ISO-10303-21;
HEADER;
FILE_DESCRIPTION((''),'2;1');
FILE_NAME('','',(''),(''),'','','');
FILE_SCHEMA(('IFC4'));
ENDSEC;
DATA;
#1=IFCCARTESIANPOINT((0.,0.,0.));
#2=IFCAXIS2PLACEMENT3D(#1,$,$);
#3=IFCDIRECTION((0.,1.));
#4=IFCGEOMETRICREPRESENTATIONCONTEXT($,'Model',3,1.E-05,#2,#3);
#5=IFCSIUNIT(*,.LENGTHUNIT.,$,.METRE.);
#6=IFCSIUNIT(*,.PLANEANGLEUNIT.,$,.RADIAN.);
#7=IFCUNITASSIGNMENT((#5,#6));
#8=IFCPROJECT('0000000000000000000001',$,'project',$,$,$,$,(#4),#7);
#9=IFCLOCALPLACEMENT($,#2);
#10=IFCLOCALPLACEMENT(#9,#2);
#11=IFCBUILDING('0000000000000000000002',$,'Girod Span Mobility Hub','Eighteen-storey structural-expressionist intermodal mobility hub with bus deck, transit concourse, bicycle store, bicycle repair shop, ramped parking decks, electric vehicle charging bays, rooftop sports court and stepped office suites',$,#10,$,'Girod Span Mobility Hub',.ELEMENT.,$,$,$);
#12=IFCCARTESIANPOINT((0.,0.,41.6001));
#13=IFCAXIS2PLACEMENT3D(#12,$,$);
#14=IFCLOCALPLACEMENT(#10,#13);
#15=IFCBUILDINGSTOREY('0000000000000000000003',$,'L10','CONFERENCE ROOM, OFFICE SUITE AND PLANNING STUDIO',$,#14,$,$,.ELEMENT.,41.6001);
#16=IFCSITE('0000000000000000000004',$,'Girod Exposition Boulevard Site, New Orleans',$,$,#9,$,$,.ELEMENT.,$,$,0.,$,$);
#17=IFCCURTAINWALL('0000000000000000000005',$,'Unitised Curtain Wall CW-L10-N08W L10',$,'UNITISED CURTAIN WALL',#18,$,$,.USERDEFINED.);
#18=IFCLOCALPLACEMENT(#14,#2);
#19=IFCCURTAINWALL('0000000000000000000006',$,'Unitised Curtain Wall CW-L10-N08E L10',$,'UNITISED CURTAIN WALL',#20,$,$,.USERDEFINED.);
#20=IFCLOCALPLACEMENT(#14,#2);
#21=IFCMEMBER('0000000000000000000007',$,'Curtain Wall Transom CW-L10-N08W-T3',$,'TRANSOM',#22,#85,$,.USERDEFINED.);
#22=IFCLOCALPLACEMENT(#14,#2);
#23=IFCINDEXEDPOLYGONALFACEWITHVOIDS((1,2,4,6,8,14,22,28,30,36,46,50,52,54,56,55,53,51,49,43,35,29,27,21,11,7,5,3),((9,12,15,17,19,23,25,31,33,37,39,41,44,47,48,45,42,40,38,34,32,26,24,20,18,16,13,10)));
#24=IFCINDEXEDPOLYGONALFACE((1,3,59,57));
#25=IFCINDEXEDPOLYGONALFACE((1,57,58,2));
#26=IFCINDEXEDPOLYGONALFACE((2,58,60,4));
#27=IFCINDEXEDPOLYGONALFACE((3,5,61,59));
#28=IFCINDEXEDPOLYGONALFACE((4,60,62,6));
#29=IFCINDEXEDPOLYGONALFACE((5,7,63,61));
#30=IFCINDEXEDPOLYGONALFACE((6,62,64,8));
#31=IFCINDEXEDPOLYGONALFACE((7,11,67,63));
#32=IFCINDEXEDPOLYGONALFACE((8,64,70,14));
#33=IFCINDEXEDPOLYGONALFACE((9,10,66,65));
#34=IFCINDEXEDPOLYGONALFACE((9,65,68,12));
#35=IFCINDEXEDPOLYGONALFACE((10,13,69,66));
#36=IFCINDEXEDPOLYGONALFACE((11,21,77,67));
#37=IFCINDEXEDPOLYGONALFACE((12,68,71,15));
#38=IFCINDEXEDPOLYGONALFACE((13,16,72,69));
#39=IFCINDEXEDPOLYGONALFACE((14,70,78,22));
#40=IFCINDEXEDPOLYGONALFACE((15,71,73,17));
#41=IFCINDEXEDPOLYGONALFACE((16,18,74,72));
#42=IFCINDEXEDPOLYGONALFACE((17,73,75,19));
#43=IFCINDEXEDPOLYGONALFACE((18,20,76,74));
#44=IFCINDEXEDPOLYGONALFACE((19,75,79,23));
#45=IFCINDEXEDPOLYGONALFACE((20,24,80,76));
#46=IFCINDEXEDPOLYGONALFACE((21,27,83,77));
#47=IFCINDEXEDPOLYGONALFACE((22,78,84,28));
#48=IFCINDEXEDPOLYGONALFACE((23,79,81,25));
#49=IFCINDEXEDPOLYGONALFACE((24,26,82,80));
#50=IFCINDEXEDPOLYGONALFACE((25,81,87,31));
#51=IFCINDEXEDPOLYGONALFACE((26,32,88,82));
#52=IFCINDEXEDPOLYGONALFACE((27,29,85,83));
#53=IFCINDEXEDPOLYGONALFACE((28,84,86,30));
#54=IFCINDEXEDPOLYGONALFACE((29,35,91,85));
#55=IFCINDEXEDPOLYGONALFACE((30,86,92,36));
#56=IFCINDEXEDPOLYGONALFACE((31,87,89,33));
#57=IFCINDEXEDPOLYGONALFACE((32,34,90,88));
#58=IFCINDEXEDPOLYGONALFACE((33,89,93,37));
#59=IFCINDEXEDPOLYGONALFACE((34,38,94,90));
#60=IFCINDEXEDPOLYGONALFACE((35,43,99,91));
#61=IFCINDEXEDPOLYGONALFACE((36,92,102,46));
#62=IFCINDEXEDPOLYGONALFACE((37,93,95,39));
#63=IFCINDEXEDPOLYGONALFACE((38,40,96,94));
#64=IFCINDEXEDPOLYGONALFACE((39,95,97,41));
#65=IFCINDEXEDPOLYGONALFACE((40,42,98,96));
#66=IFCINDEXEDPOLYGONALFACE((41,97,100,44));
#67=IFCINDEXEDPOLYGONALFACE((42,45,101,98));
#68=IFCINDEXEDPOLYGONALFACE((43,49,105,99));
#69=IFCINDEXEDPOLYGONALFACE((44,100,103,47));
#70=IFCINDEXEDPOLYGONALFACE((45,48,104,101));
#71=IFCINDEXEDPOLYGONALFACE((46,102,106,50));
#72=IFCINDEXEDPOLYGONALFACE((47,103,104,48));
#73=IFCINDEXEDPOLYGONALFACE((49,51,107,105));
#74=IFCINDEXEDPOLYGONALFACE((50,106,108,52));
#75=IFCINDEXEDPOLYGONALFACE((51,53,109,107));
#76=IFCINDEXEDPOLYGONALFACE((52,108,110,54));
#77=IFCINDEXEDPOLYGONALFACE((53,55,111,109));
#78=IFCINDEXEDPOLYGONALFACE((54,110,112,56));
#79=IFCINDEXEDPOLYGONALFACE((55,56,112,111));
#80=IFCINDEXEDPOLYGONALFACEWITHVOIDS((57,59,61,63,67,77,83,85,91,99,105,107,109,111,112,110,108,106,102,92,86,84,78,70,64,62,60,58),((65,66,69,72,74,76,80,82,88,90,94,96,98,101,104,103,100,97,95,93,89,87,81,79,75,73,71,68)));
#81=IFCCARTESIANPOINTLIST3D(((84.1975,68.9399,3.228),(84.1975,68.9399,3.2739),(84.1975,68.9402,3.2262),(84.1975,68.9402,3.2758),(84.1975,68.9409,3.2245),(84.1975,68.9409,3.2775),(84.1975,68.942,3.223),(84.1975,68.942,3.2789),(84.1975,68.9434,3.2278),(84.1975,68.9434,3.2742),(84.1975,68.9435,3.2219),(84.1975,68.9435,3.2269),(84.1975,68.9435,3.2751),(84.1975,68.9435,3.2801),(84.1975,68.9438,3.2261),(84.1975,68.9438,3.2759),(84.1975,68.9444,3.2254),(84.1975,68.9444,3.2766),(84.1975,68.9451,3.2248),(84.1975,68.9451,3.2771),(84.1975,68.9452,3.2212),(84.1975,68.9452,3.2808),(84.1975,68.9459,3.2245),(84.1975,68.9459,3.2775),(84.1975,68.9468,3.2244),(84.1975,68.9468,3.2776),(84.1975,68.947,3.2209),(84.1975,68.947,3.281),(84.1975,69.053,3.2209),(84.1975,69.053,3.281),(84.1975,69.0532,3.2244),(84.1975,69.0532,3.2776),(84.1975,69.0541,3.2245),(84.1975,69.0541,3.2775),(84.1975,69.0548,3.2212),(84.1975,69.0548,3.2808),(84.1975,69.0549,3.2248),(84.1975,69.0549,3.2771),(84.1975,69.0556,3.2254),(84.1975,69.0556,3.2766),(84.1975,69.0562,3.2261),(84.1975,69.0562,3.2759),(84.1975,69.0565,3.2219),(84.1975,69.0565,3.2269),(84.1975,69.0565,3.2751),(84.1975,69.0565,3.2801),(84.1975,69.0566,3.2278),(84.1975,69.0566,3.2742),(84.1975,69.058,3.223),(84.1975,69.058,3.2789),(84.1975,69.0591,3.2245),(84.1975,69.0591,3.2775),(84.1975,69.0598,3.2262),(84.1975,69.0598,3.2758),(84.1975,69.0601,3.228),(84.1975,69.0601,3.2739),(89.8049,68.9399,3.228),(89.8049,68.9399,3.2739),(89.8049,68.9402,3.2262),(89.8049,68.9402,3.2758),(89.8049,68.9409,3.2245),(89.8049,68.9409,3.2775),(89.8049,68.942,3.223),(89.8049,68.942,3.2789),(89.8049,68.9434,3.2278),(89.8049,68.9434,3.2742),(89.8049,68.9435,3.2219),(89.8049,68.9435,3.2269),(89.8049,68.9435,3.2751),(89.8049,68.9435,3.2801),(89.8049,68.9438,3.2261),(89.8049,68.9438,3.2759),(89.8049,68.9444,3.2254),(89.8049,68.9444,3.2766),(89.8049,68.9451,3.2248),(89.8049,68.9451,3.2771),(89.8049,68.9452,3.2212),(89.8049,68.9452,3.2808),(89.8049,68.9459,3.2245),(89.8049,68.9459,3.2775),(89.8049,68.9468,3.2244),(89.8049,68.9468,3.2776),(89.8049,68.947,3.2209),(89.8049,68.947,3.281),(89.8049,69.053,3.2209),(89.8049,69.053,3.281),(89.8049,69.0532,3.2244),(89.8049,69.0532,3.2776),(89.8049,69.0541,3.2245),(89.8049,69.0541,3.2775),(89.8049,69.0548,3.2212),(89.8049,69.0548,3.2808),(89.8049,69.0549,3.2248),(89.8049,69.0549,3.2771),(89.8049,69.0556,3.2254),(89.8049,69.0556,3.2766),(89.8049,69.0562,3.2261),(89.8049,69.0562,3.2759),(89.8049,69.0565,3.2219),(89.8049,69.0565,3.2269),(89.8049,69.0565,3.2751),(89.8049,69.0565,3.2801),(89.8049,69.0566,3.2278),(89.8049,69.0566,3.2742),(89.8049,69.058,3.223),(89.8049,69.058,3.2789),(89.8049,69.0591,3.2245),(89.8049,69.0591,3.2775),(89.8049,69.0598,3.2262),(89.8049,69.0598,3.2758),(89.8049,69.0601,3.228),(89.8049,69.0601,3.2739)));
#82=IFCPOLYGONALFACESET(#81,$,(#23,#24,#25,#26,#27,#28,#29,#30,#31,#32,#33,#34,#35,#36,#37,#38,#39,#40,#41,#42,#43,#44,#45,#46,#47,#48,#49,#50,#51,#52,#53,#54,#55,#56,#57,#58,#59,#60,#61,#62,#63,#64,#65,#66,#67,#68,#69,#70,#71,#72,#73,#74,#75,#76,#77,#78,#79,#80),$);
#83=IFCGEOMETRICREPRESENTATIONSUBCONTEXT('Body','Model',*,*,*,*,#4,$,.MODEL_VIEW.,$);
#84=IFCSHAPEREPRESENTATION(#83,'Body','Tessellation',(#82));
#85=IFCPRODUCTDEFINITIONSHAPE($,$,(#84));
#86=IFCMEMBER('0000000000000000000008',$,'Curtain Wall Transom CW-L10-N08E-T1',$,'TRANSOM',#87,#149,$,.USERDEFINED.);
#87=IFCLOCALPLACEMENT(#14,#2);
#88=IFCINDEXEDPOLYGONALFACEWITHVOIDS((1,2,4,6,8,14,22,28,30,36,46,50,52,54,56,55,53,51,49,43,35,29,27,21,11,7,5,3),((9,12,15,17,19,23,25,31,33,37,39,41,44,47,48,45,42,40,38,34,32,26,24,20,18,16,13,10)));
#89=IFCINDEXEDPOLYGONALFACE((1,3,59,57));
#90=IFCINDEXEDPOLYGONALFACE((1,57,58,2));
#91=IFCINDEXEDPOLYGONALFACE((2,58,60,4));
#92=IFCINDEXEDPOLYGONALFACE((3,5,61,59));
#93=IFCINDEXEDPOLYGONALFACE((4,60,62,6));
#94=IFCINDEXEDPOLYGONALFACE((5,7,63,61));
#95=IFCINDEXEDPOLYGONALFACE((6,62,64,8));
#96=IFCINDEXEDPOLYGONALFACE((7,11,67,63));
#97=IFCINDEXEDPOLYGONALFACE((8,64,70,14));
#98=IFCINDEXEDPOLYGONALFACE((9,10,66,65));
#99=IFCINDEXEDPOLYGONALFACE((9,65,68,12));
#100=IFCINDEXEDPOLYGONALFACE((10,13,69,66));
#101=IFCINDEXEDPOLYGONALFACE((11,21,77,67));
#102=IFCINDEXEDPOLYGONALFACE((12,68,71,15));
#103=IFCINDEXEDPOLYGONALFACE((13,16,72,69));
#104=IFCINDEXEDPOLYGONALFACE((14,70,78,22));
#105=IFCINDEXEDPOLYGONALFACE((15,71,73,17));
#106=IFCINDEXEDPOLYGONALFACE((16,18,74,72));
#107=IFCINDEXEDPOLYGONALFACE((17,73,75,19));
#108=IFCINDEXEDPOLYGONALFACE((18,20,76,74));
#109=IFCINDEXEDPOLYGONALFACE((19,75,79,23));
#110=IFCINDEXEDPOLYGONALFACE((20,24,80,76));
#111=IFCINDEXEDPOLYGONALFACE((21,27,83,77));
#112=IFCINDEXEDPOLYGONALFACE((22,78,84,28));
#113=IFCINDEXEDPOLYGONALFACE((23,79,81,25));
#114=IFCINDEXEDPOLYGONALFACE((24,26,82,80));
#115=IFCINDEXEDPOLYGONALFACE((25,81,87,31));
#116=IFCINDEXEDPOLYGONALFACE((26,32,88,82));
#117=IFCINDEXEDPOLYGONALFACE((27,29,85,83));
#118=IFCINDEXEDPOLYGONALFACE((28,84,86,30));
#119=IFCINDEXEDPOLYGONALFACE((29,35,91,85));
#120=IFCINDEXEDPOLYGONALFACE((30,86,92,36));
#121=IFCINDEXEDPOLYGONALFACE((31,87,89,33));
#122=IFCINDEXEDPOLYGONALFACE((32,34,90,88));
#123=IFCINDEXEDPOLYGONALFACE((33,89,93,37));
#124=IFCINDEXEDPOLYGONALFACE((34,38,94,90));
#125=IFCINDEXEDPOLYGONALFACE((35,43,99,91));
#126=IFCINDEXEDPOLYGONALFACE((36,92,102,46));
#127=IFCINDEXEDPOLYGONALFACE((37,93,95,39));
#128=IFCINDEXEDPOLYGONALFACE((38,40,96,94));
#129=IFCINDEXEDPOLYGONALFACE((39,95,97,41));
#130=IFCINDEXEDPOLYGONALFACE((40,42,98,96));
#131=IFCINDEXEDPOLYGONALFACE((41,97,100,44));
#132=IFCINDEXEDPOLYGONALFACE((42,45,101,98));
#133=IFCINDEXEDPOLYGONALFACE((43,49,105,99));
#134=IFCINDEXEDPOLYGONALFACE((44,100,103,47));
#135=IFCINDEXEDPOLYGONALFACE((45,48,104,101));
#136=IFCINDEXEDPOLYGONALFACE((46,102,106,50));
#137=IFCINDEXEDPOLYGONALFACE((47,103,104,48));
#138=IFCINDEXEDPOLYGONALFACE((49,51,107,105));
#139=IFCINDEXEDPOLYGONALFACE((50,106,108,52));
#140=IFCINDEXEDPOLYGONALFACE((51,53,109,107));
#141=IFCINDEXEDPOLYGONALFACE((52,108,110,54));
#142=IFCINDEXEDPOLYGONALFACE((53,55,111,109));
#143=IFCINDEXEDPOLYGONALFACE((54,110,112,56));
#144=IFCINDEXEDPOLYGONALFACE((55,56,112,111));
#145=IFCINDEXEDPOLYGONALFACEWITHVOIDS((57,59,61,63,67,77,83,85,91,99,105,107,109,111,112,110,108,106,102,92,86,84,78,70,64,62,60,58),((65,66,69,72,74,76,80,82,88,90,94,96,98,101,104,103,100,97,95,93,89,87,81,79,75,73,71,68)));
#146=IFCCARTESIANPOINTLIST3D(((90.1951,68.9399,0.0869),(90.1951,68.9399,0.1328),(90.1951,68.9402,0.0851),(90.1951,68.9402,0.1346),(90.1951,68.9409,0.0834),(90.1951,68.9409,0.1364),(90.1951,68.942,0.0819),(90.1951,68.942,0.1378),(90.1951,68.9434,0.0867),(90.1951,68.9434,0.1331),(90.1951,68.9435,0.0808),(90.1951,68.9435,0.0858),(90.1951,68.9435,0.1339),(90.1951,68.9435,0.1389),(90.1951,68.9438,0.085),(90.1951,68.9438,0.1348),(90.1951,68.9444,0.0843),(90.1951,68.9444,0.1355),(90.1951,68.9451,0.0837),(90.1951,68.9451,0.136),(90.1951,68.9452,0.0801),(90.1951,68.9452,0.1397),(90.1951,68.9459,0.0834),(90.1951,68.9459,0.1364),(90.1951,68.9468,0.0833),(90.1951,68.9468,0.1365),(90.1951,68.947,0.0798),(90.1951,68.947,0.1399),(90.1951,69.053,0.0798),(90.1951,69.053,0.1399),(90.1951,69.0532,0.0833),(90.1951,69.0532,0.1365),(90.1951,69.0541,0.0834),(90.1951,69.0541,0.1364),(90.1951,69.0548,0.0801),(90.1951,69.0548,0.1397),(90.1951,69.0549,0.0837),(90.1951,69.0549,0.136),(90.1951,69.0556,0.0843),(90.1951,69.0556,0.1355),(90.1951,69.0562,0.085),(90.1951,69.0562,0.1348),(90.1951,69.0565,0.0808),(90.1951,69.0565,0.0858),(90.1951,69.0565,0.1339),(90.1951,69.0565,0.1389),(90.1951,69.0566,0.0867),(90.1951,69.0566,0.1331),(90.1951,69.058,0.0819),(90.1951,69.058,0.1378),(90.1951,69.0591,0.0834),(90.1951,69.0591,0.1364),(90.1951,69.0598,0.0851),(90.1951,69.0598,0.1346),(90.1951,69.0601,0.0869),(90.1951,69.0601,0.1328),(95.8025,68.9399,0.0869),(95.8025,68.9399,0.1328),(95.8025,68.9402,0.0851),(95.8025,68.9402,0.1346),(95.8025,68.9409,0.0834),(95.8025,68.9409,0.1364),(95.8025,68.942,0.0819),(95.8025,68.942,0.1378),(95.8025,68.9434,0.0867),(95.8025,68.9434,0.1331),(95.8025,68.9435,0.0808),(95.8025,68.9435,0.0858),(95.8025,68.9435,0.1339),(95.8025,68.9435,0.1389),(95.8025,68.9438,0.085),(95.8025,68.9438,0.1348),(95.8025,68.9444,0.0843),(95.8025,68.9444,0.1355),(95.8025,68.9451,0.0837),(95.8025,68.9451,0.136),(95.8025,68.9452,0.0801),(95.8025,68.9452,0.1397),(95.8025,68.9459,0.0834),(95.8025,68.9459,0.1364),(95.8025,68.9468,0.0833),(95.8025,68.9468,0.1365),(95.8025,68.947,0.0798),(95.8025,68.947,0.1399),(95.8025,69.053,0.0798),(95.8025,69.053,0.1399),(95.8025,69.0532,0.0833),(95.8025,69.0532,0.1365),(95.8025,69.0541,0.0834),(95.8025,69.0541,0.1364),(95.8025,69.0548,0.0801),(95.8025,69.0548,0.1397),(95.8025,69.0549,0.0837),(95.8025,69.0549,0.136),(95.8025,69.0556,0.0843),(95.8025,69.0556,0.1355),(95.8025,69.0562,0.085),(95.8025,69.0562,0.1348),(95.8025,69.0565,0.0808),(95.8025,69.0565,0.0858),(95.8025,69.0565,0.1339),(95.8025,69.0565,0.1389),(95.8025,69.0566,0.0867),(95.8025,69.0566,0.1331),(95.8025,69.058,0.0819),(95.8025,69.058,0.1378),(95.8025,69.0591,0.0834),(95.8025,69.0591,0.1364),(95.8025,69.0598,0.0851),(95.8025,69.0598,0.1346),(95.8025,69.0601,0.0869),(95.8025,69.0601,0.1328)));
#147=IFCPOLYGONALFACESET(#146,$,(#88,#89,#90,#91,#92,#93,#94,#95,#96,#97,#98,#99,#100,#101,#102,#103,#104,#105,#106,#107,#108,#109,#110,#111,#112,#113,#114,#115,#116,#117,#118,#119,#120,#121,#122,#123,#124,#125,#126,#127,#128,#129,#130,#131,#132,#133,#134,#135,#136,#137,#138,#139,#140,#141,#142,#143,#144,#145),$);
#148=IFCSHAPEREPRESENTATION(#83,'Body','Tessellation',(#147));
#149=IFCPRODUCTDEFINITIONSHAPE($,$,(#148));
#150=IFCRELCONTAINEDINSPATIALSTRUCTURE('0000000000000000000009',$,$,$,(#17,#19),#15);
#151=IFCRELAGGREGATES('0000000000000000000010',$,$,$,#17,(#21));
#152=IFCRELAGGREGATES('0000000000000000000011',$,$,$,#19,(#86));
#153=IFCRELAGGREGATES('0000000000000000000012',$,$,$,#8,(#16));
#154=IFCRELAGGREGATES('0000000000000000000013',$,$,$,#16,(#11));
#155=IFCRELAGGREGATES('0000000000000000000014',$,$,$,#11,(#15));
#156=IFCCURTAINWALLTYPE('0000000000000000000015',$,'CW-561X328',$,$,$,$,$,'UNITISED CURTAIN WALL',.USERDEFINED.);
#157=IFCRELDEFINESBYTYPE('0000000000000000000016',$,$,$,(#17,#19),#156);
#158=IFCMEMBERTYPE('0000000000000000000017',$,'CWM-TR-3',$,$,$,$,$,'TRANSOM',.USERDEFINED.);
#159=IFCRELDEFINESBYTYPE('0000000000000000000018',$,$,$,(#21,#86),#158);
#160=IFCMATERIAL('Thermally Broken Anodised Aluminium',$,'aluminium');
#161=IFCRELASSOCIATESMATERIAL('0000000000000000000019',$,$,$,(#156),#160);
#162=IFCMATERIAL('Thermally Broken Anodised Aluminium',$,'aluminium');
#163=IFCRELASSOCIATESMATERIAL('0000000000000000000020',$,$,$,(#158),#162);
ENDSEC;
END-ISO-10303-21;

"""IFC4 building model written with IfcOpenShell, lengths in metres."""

from ifc_helpers import new_model, si_unit, direction, frame, origin, origin_2d, place, context, subcontext, project, spatial, hollow_rectangle, extrude, material, material_profile, profile_set, type_object, element, aggregate, save


model = new_model("IFC4")

# Units and contexts
model_context = context("Model", 3, precision=1e-05, world=origin(), true_north=direction((0.0, 1.0)))
body_context = subcontext(model_context, "Body", "Model", "MODEL_VIEW")
ifc_project = project(units=[si_unit("LENGTHUNIT", "METRE"), si_unit("PLANEANGLEUNIT", "RADIAN")], contexts=[model_context])

# Site, building, storey
site_placement = place(None, origin())
site = spatial("IfcSite", under=ifc_project, at=site_placement, Name="Girod Exposition Boulevard Site, New Orleans", CompositionType="ELEMENT", RefElevation=0.0)
building_placement = place(site_placement, origin())
building = spatial("IfcBuilding", under=site, at=building_placement, Name="Girod Span Mobility Hub", Description="Eighteen-storey structural-expressionist intermodal mobility hub with bus deck, transit concourse, bicycle store, bicycle repair shop, ramped parking decks, electric vehicle charging bays, rooftop sports court and stepped office suites", LongName="Girod Span Mobility Hub", CompositionType="ELEMENT")
storey_placement = place(building_placement, frame((0.0, 0.0, 41.6001)))
storey = spatial("IfcBuildingStorey", under=building, at=storey_placement, Name="L10", Description="CONFERENCE ROOM, OFFICE SUITE AND PLANNING STUDIO", CompositionType="ELEMENT", Elevation=41.6001)

# Curtain walls
ifc_material_1 = material(Name="Thermally Broken Anodised Aluminium", Category="aluminium")
curtain_wall_type = type_object("IfcCurtainWallType", Name="CW-561X328", ElementType="UNITISED CURTAIN WALL", PredefinedType="USERDEFINED", material=ifc_material_1)
curtain_wall_1_placement = place(storey_placement, origin())
curtain_wall_1 = element("IfcCurtainWall", 1, at=curtain_wall_1_placement, inside=storey, type_object=curtain_wall_type, Name="Unitised Curtain Wall CW-L10-N08W L10", ObjectType="UNITISED CURTAIN WALL", PredefinedType="USERDEFINED")
curtain_wall_2_placement = place(storey_placement, origin())
curtain_wall_2 = element("IfcCurtainWall", 2, at=curtain_wall_2_placement, inside=storey, type_object=curtain_wall_type, Name="Unitised Curtain Wall CW-L10-N08E L10", ObjectType="UNITISED CURTAIN WALL", PredefinedType="USERDEFINED")

# Members
ifc_material_2 = material(Name="Thermally Broken Anodised Aluminium", Category="aluminium")
ifc_material_profile_1 = material_profile(ifc_material_2, hollow_rectangle(XDim=0.1201, YDim=0.0601, WallThickness=0.0034, InnerFilletRadius=0.0034, OuterFilletRadius=0.0071, at=origin_2d()), Name="CW-TR-60X120")
ifc_profile_set_1 = profile_set([ifc_material_profile_1], Name="Thermally Broken Anodised Aluminium")
member_type_1 = type_object("IfcMemberType", Name="CWM-TR-3", ElementType="TRANSOM", PredefinedType="USERDEFINED", material=ifc_profile_set_1)
member_1_placement = place(storey_placement, frame((84.1975, 69.0, 3.251), z_axis=(1.0, 0.0, 0.0), x_axis=(0.0, 1.0, 0.0)))
member_1 = element("IfcMember", 3, at=member_1_placement, type_object=member_type_1, Name="Curtain Wall Transom CW-L10-N08W-T3", ObjectType="TRANSOM", PredefinedType="USERDEFINED", context=body_context, shape_type="SweptSolid", body=[
    extrude(hollow_rectangle(XDim=0.1201, YDim=0.0601, WallThickness=0.0034, InnerFilletRadius=0.0034, OuterFilletRadius=0.0071, at=origin_2d()), origin(), (0.0, 0.0, 1.0), 5.6074),
])
member_2_placement = place(storey_placement, frame((90.1951, 69.0, 0.1099), z_axis=(1.0, 0.0, 0.0), x_axis=(0.0, 1.0, 0.0)))
member_2 = element("IfcMember", 4, at=member_2_placement, type_object=member_type_1, Name="Curtain Wall Transom CW-L10-N08E-T1", ObjectType="TRANSOM", PredefinedType="USERDEFINED", context=body_context, shape_type="SweptSolid", body=[
    extrude(hollow_rectangle(XDim=0.1201, YDim=0.0601, WallThickness=0.0034, InnerFilletRadius=0.0034, OuterFilletRadius=0.0071, at=origin_2d()), origin(), (0.0, 0.0, 1.0), 5.6074),
])

aggregate(curtain_wall_1, [member_1])
aggregate(curtain_wall_2, [member_2])

save(model, "model.ifc")
